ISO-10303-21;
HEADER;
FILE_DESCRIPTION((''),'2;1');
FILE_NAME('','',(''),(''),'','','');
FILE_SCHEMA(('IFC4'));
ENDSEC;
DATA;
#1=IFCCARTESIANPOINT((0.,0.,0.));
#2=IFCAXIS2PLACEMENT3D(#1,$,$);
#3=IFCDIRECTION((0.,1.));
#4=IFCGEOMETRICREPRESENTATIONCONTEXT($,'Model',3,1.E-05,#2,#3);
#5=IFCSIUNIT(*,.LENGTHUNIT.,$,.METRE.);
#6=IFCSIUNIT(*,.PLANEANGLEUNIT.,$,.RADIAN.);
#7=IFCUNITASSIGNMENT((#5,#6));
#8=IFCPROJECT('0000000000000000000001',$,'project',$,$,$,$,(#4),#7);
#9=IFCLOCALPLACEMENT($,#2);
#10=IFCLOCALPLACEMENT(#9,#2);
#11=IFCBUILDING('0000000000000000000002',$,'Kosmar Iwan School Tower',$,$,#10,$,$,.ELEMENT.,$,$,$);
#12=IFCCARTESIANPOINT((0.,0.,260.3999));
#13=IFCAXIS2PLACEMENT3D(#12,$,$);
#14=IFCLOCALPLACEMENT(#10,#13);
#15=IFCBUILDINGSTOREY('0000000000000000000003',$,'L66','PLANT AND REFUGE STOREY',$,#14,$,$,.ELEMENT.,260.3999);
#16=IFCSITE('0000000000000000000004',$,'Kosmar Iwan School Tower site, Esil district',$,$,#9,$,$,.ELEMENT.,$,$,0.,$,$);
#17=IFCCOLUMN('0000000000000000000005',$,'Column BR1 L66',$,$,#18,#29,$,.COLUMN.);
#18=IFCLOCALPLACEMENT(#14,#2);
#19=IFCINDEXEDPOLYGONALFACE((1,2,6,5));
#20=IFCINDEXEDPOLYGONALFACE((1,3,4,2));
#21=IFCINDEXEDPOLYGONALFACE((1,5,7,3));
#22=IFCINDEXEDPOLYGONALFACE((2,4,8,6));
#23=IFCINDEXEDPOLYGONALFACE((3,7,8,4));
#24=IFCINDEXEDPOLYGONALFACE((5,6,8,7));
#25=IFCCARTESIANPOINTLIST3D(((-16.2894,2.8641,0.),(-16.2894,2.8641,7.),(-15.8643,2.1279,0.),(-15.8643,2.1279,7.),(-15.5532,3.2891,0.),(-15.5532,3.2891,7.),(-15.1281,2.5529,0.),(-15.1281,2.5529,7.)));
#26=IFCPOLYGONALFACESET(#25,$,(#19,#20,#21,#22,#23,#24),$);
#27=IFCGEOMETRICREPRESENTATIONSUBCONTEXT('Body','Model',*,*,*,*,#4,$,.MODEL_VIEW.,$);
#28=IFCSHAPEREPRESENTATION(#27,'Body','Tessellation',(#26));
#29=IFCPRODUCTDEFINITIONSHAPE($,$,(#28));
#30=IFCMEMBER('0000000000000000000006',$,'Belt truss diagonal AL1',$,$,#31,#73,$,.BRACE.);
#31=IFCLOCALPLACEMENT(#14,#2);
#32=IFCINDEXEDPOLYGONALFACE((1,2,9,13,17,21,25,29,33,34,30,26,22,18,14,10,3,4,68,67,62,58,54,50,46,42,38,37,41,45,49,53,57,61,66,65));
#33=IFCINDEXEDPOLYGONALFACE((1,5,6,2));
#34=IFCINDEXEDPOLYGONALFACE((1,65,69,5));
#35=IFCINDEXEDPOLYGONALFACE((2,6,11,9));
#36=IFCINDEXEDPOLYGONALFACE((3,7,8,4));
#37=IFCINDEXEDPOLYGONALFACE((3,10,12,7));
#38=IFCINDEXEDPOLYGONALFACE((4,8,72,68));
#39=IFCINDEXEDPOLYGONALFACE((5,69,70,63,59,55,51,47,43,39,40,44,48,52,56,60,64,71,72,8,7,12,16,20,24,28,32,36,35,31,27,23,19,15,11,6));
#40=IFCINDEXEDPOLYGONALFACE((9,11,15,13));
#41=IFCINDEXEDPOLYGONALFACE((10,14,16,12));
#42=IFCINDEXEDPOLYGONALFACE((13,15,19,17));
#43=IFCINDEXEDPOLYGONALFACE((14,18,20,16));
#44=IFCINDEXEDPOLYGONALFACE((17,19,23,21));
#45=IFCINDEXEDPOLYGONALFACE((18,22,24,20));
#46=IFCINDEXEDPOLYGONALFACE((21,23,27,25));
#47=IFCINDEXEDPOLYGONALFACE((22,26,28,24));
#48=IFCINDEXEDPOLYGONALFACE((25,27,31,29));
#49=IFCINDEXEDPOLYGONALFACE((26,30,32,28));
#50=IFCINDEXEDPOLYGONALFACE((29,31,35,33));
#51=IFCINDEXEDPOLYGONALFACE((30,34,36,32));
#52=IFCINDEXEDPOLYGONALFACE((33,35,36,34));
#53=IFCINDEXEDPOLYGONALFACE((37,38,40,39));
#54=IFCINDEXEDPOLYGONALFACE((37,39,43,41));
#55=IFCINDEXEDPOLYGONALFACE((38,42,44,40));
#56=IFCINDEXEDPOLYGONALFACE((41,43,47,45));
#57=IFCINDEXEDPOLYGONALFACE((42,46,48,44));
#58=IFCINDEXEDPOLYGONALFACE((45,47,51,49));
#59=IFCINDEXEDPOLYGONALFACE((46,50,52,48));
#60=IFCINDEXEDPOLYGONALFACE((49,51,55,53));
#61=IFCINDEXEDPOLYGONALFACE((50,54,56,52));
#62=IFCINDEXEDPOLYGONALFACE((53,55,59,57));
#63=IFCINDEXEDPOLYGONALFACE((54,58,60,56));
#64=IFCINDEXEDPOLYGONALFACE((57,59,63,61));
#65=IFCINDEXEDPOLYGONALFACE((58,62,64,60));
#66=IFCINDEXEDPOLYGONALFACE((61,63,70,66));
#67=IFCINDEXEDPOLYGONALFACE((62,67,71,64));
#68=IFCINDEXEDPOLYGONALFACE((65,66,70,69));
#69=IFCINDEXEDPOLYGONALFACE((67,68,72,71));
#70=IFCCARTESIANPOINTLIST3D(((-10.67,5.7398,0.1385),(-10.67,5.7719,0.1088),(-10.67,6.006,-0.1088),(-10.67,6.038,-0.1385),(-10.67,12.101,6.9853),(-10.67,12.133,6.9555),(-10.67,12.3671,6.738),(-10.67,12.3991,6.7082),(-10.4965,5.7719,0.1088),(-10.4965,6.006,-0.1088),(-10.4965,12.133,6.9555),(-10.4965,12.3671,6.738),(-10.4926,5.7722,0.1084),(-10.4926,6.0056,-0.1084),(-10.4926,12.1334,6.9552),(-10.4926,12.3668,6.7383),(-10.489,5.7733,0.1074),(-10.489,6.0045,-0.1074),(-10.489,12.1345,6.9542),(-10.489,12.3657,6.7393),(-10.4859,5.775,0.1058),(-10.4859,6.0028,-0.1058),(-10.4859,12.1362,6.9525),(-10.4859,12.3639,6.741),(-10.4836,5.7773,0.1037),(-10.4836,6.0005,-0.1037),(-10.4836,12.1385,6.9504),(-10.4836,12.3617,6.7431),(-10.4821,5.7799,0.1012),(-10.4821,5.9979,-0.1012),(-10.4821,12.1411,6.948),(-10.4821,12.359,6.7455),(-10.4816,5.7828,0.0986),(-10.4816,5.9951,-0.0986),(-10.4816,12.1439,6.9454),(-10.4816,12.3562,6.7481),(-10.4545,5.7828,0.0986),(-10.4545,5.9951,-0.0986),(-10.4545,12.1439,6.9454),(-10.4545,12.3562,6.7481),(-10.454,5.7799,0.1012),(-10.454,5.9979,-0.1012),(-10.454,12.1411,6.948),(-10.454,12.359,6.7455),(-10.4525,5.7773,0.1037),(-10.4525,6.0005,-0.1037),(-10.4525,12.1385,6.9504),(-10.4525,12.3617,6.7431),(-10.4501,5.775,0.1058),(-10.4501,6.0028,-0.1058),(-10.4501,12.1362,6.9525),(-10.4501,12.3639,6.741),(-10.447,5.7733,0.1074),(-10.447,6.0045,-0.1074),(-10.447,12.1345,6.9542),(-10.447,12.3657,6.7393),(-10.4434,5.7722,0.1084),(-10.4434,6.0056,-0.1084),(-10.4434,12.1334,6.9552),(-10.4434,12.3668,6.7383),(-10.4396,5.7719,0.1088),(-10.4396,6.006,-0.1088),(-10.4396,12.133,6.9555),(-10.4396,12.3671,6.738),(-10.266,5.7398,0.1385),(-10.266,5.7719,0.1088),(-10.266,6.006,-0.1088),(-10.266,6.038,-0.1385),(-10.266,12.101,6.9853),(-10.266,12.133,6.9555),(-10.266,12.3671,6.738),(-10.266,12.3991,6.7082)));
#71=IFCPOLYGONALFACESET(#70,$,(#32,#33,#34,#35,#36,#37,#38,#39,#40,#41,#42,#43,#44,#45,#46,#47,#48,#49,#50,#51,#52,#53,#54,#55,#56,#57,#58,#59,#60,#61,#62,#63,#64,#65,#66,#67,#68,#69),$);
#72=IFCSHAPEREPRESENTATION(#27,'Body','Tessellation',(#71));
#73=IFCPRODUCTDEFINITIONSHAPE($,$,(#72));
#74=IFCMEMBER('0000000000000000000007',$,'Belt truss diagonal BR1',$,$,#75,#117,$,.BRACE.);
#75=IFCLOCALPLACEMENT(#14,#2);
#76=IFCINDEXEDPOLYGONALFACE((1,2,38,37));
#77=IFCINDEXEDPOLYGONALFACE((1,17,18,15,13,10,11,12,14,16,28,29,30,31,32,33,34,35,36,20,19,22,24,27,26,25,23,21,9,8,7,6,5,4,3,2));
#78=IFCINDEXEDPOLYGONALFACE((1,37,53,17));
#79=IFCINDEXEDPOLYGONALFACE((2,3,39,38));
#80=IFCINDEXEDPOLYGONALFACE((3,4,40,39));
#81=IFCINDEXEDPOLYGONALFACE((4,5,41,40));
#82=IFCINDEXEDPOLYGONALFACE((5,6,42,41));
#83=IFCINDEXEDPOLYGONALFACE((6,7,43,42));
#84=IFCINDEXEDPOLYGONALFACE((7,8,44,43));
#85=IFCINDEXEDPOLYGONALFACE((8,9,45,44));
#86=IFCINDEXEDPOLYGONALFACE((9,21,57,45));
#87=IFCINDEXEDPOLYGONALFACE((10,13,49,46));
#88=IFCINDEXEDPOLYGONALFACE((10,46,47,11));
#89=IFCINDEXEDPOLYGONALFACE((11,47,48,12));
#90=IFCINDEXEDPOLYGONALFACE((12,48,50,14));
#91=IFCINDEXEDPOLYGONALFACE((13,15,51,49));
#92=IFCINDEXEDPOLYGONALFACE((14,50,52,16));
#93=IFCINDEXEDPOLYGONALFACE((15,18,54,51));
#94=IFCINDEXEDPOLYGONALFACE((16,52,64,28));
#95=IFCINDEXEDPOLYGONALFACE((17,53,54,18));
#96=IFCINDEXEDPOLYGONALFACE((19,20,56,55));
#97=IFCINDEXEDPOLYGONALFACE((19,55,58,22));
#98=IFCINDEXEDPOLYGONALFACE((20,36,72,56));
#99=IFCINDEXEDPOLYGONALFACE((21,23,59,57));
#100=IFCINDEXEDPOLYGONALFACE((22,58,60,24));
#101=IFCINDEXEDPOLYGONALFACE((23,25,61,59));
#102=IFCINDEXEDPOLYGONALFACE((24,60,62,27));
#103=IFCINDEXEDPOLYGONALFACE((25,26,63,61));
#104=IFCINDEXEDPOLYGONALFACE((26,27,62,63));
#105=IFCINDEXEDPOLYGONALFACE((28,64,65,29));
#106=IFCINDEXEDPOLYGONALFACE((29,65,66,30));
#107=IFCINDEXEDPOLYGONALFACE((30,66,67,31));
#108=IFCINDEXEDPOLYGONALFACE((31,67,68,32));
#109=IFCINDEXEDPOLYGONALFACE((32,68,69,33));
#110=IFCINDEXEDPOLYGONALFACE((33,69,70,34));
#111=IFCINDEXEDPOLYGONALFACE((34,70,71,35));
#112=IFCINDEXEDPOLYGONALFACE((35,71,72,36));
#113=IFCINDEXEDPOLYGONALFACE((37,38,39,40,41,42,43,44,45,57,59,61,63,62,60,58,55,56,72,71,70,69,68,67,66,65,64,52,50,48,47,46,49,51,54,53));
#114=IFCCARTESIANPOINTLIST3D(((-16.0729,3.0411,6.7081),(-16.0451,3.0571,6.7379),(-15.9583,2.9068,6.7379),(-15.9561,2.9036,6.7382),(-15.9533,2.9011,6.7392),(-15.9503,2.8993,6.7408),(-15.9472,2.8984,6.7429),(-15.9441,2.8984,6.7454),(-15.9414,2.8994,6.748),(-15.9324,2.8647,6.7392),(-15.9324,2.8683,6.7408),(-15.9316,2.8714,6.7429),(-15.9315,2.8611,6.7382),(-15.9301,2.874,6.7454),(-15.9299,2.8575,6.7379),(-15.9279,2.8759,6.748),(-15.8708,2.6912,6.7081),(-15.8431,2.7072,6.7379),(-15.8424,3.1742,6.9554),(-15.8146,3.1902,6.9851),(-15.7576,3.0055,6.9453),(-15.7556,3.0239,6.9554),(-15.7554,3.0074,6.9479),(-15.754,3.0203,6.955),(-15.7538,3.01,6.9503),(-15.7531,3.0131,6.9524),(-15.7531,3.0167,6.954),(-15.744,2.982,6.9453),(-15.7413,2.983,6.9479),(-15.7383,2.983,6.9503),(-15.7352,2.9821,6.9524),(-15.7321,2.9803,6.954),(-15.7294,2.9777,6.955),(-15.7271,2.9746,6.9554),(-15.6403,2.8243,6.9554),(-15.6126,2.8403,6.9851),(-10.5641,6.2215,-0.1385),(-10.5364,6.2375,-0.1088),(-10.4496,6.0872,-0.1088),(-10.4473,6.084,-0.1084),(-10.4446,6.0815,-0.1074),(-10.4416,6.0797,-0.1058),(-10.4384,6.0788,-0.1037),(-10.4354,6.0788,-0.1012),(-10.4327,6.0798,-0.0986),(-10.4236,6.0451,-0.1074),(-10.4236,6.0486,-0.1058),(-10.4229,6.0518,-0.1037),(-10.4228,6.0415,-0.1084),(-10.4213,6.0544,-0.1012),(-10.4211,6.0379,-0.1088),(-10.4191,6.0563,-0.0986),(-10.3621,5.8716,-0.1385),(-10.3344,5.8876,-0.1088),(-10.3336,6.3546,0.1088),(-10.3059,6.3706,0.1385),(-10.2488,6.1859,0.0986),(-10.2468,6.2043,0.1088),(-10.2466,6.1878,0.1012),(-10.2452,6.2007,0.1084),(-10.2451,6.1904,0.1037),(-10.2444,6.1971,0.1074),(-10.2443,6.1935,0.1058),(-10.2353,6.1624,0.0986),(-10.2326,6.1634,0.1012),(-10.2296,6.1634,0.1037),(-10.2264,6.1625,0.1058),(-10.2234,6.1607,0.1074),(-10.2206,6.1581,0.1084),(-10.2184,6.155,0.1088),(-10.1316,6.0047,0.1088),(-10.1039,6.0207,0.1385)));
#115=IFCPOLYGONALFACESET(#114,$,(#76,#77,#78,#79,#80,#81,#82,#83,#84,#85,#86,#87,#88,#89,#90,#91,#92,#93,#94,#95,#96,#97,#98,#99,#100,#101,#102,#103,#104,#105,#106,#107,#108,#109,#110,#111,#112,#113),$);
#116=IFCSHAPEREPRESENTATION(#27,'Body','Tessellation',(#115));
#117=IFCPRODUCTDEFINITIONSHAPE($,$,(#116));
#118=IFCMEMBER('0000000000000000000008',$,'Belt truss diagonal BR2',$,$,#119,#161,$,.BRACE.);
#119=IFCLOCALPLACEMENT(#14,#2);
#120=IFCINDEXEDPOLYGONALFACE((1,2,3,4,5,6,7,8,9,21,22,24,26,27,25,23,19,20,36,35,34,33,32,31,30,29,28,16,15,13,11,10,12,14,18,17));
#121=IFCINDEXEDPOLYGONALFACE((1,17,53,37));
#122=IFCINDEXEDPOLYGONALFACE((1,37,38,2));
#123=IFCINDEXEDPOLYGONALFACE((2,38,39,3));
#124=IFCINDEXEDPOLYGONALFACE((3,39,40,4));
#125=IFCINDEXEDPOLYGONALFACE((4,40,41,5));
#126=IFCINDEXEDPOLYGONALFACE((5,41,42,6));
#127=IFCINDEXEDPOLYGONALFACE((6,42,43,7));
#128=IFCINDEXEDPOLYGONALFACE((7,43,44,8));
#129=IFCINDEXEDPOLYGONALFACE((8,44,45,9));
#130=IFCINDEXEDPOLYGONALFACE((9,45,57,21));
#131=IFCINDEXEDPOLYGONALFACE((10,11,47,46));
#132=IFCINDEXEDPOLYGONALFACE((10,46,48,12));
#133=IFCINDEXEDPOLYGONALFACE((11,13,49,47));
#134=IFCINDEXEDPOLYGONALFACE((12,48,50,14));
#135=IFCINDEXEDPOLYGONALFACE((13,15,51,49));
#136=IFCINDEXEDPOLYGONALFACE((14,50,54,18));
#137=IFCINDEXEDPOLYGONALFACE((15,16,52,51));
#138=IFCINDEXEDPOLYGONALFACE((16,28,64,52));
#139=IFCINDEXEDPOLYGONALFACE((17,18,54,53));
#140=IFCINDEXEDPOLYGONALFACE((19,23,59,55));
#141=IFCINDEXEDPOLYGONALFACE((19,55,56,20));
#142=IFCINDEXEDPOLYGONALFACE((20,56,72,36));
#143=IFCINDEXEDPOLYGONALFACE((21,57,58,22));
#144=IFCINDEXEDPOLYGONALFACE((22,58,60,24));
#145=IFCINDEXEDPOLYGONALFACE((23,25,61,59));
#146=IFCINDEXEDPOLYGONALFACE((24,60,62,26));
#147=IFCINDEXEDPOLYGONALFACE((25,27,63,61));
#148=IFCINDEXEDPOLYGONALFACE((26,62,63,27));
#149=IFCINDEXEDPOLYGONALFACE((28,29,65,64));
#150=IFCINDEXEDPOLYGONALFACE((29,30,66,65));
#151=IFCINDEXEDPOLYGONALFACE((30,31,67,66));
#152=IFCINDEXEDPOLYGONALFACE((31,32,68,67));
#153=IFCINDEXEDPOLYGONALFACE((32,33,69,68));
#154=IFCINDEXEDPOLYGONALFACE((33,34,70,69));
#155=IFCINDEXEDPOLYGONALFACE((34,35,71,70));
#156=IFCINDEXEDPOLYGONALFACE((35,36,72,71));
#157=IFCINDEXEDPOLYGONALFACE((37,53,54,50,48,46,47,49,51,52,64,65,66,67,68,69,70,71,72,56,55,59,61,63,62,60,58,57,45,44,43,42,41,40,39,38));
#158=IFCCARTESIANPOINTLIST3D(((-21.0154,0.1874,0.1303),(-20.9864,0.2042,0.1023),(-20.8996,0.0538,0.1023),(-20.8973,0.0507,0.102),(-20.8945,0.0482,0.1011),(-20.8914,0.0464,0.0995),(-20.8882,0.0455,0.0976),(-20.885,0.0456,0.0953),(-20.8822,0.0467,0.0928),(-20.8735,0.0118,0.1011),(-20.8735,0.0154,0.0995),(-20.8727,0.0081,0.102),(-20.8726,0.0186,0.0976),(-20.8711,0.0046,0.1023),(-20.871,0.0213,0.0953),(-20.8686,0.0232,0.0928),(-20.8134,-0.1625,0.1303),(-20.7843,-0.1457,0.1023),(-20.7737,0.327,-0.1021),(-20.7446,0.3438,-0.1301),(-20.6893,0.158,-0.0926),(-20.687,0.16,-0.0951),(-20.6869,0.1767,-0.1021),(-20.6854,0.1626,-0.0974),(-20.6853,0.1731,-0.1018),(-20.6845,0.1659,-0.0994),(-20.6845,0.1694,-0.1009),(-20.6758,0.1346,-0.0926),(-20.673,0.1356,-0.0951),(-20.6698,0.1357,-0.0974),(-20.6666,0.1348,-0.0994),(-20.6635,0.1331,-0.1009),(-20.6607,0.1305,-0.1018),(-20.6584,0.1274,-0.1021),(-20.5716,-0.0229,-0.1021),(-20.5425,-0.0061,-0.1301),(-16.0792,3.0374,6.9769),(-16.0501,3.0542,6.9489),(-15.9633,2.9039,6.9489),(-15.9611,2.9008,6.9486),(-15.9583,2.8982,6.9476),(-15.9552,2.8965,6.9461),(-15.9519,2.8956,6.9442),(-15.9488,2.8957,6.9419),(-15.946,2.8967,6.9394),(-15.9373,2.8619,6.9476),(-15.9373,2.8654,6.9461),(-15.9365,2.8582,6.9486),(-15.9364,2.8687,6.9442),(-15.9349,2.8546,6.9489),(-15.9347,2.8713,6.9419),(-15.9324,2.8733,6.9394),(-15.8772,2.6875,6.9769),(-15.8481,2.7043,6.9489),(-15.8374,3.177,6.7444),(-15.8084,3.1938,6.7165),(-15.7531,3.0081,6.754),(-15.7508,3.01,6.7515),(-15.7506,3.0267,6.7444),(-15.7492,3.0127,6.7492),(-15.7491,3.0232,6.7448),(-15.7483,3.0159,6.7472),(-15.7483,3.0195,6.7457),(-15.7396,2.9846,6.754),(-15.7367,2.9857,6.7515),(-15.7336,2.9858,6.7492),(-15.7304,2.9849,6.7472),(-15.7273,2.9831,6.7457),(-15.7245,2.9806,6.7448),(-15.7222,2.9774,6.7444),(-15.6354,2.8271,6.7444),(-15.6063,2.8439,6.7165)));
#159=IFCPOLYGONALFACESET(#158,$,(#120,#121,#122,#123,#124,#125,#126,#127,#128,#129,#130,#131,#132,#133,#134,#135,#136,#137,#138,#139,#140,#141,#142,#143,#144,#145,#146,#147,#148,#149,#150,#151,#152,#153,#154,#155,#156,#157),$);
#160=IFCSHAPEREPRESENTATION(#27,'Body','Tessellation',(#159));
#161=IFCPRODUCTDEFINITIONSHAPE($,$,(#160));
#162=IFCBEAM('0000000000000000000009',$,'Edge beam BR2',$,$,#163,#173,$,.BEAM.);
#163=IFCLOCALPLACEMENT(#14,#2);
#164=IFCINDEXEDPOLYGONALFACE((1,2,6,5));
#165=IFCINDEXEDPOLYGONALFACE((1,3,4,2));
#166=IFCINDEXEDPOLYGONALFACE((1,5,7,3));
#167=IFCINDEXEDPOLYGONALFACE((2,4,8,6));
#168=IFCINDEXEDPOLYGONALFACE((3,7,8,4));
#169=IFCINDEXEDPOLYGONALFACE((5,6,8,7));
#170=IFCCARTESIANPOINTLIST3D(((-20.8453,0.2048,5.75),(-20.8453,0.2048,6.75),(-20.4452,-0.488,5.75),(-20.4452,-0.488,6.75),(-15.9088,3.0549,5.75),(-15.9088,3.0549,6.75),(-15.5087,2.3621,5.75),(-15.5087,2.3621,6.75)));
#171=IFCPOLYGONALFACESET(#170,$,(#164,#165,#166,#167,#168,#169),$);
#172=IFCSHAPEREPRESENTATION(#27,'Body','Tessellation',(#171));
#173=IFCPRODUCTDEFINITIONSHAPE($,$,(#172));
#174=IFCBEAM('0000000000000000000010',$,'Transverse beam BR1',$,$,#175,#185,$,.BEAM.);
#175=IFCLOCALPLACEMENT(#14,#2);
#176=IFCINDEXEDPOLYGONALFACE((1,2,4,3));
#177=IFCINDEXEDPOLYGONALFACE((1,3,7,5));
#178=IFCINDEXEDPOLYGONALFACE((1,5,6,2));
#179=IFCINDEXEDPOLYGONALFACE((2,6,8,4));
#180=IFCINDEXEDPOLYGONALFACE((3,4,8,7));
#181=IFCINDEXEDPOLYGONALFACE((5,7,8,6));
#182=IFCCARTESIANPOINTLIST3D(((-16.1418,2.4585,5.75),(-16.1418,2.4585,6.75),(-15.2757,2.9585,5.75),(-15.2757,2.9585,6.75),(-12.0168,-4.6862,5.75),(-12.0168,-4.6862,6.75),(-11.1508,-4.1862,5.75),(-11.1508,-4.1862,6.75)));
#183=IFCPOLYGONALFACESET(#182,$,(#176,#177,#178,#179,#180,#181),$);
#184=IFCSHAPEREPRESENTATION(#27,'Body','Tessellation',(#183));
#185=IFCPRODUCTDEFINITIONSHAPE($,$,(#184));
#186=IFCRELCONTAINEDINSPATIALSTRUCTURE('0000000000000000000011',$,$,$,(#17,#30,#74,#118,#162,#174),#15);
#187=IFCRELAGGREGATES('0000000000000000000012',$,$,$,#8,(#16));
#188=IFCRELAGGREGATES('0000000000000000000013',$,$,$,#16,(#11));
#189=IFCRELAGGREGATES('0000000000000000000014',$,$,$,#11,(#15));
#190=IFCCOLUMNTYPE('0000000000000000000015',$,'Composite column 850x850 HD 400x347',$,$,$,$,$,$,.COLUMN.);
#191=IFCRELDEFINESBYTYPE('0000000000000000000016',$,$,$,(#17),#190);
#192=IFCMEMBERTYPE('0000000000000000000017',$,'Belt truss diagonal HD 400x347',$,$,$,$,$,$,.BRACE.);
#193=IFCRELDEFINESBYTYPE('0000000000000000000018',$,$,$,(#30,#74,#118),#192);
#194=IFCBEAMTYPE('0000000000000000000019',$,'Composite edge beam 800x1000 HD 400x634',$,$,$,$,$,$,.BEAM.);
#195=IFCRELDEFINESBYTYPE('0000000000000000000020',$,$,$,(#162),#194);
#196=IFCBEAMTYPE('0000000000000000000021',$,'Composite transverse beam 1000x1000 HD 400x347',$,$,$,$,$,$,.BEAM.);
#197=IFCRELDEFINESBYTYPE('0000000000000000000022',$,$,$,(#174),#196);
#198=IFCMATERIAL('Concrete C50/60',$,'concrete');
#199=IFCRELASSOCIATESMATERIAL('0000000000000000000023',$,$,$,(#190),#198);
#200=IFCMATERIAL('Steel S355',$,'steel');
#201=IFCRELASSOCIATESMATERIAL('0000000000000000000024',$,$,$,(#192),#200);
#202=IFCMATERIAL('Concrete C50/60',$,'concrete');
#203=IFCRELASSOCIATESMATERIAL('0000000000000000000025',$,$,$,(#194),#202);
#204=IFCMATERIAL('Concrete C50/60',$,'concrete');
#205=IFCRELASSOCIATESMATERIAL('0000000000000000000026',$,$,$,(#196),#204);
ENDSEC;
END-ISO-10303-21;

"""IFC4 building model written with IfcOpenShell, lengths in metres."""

from ifc_helpers import new_model, si_unit, direction, frame, origin, origin_2d, place, context, subcontext, project, spatial, rectangle, i_section, extrude, material, material_profile, profile_set, type_object, element, save


model = new_model("IFC4")

# Units and contexts
model_context = context("Model", 3, precision=1e-05, world=origin(), true_north=direction((0.0, 1.0)))
body_context = subcontext(model_context, "Body", "Model", "MODEL_VIEW")
ifc_project = project(units=[si_unit("LENGTHUNIT", "METRE"), si_unit("PLANEANGLEUNIT", "RADIAN")], contexts=[model_context])

# Site, building, storey
site_placement = place(None, origin())
site = spatial("IfcSite", under=ifc_project, at=site_placement, Name="Kosmar Iwan School Tower site, Esil district", CompositionType="ELEMENT", RefElevation=0.0)
building_placement = place(site_placement, origin())
building = spatial("IfcBuilding", under=site, at=building_placement, Name="Kosmar Iwan School Tower", CompositionType="ELEMENT")
storey_placement = place(building_placement, frame((0.0, 0.0, 260.3999)))
storey = spatial("IfcBuildingStorey", under=building, at=storey_placement, Name="L66", Description="PLANT AND REFUGE STOREY", CompositionType="ELEMENT", Elevation=260.3999)

# Column
ifc_material_1 = material(Name="Concrete C50/60", Category="concrete")
ifc_material_profile_1 = material_profile(ifc_material_1, rectangle(XDim=0.8501, YDim=0.8501, at=origin_2d()), Name="RC 850x850 + HD 400x347")
ifc_profile_set_1 = profile_set([ifc_material_profile_1], Name="Concrete C50/60")
column_type = type_object("IfcColumnType", Name="Composite column 850x850 HD 400x347", PredefinedType="COLUMN", material=ifc_profile_set_1)
column_placement = place(storey_placement, frame((-15.7087, 2.7085, 0.0), z_axis=(0.0, 0.0, 1.0), x_axis=(-0.866025, -0.5, 0.0)))
element("IfcColumn", 1, at=column_placement, inside=storey, type_object=column_type, Name="Column BR1 L66", PredefinedType="COLUMN", context=body_context, shape_type="SweptSolid", body=[
    extrude(rectangle(XDim=0.8501, YDim=0.8501, at=origin_2d()), origin(), (0.0, 0.0, 1.0), 7.0),
])

# Members
ifc_material_2 = material(Name="Steel S355", Category="steel")
ifc_material_profile_2 = material_profile(ifc_material_2, i_section(OverallWidth=0.4041, OverallDepth=0.407, WebThickness=0.0271, FlangeThickness=0.0437, FilletRadius=0.0149, at=origin_2d()), Name="HD 400x347")
ifc_profile_set_2 = profile_set([ifc_material_profile_2], Name="Steel S355")
member_type = type_object("IfcMemberType", Name="Belt truss diagonal HD 400x347", PredefinedType="BRACE", material=ifc_profile_set_2)
member_1_placement = place(storey_placement, frame((-10.468, 5.8889, 0.0), z_axis=(0.0, 0.680649, 0.732609), x_axis=(-1.0, 0.0, 0.0)))
element("IfcMember", 2, at=member_1_placement, inside=storey, type_object=member_type, Name="Belt truss diagonal AL1", PredefinedType="BRACE", context=body_context, shape_type="SweptSolid", body=[
    extrude(i_section(OverallWidth=0.4041, OverallDepth=0.407, WebThickness=0.0271, FlangeThickness=0.0437, FilletRadius=0.0149, at=origin_2d()), origin(), (0.0, 0.0, 1.0), 9.3457),
])
member_2_placement = place(storey_placement, frame((-10.334, 6.1211, 0.0), z_axis=(-0.589457, -0.340315, 0.732616), x_axis=(0.49999, -0.866031, 0.0)))
element("IfcMember", 3, at=member_2_placement, inside=storey, type_object=member_type, Name="Belt truss diagonal BR1", PredefinedType="BRACE", context=body_context, shape_type="SweptSolid", body=[
    extrude(i_section(OverallWidth=0.4041, OverallDepth=0.407, WebThickness=0.0271, FlangeThickness=0.0437, FilletRadius=0.0149, at=origin_2d()), origin(), (0.0, 0.0, 1.0), 9.3455),
])
member_3_placement = place(storey_placement, frame((-15.8428, 2.9407, 6.8467), z_axis=(-0.55409, -0.319919, -0.768529), x_axis=(0.500018, -0.866015, 0.0)))
element("IfcMember", 4, at=member_3_placement, inside=storey, type_object=member_type, Name="Belt truss diagonal BR2", PredefinedType="BRACE", context=body_context, shape_type="SweptSolid", body=[
    extrude(i_section(OverallWidth=0.4041, OverallDepth=0.407, WebThickness=0.0271, FlangeThickness=0.0437, FilletRadius=0.0149, at=origin_2d()), origin(), (0.0, 0.0, 1.0), 8.9087),
])

# Beams
ifc_material_3 = material(Name="Concrete C50/60", Category="concrete")
ifc_material_profile_3 = material_profile(ifc_material_3, rectangle(XDim=0.8, YDim=1.0, at=origin_2d()), Name="RC 800x1000 + HD 400x634")
ifc_profile_set_3 = profile_set([ifc_material_profile_3], Name="Concrete C50/60")
beam_type_1 = type_object("IfcBeamType", Name="Composite edge beam 800x1000 HD 400x634", PredefinedType="BEAM", material=ifc_profile_set_3)
beam_1_placement = place(storey_placement, frame((-15.7087, 2.7085, 6.25), z_axis=(-0.866026, -0.499999, 0.0), x_axis=(0.499999, -0.866026, 0.0)))
element("IfcBeam", 5, at=beam_1_placement, inside=storey, type_object=beam_type_1, Name="Edge beam BR2", PredefinedType="BEAM", context=body_context, shape_type="SweptSolid", body=[
    extrude(rectangle(XDim=0.8, YDim=1.0, at=origin_2d()), origin(), (0.0, 0.0, 1.0), 5.7002),
])
ifc_material_4 = material(Name="Concrete C50/60", Category="concrete")
ifc_material_profile_4 = material_profile(ifc_material_4, rectangle(XDim=1.0, YDim=1.0, at=origin_2d()), Name="RC 1000x1000 + HD 400x347")
ifc_profile_set_4 = profile_set([ifc_material_profile_4], Name="Concrete C50/60")
beam_type_2 = type_object("IfcBeamType", Name="Composite transverse beam 1000x1000 HD 400x347", PredefinedType="BEAM", material=ifc_profile_set_4)
beam_2_placement = place(storey_placement, frame((-15.7087, 2.7085, 6.25), z_axis=(0.499997, -0.866027, 0.0), x_axis=(0.866027, 0.499997, 0.0)))
element("IfcBeam", 6, at=beam_2_placement, inside=storey, type_object=beam_type_2, Name="Transverse beam BR1", PredefinedType="BEAM", context=body_context, shape_type="SweptSolid", body=[
    extrude(rectangle(XDim=1.0, YDim=1.0, at=origin_2d()), origin(), (0.0, 0.0, 1.0), 8.25),
])

save(model, "model.ifc")
